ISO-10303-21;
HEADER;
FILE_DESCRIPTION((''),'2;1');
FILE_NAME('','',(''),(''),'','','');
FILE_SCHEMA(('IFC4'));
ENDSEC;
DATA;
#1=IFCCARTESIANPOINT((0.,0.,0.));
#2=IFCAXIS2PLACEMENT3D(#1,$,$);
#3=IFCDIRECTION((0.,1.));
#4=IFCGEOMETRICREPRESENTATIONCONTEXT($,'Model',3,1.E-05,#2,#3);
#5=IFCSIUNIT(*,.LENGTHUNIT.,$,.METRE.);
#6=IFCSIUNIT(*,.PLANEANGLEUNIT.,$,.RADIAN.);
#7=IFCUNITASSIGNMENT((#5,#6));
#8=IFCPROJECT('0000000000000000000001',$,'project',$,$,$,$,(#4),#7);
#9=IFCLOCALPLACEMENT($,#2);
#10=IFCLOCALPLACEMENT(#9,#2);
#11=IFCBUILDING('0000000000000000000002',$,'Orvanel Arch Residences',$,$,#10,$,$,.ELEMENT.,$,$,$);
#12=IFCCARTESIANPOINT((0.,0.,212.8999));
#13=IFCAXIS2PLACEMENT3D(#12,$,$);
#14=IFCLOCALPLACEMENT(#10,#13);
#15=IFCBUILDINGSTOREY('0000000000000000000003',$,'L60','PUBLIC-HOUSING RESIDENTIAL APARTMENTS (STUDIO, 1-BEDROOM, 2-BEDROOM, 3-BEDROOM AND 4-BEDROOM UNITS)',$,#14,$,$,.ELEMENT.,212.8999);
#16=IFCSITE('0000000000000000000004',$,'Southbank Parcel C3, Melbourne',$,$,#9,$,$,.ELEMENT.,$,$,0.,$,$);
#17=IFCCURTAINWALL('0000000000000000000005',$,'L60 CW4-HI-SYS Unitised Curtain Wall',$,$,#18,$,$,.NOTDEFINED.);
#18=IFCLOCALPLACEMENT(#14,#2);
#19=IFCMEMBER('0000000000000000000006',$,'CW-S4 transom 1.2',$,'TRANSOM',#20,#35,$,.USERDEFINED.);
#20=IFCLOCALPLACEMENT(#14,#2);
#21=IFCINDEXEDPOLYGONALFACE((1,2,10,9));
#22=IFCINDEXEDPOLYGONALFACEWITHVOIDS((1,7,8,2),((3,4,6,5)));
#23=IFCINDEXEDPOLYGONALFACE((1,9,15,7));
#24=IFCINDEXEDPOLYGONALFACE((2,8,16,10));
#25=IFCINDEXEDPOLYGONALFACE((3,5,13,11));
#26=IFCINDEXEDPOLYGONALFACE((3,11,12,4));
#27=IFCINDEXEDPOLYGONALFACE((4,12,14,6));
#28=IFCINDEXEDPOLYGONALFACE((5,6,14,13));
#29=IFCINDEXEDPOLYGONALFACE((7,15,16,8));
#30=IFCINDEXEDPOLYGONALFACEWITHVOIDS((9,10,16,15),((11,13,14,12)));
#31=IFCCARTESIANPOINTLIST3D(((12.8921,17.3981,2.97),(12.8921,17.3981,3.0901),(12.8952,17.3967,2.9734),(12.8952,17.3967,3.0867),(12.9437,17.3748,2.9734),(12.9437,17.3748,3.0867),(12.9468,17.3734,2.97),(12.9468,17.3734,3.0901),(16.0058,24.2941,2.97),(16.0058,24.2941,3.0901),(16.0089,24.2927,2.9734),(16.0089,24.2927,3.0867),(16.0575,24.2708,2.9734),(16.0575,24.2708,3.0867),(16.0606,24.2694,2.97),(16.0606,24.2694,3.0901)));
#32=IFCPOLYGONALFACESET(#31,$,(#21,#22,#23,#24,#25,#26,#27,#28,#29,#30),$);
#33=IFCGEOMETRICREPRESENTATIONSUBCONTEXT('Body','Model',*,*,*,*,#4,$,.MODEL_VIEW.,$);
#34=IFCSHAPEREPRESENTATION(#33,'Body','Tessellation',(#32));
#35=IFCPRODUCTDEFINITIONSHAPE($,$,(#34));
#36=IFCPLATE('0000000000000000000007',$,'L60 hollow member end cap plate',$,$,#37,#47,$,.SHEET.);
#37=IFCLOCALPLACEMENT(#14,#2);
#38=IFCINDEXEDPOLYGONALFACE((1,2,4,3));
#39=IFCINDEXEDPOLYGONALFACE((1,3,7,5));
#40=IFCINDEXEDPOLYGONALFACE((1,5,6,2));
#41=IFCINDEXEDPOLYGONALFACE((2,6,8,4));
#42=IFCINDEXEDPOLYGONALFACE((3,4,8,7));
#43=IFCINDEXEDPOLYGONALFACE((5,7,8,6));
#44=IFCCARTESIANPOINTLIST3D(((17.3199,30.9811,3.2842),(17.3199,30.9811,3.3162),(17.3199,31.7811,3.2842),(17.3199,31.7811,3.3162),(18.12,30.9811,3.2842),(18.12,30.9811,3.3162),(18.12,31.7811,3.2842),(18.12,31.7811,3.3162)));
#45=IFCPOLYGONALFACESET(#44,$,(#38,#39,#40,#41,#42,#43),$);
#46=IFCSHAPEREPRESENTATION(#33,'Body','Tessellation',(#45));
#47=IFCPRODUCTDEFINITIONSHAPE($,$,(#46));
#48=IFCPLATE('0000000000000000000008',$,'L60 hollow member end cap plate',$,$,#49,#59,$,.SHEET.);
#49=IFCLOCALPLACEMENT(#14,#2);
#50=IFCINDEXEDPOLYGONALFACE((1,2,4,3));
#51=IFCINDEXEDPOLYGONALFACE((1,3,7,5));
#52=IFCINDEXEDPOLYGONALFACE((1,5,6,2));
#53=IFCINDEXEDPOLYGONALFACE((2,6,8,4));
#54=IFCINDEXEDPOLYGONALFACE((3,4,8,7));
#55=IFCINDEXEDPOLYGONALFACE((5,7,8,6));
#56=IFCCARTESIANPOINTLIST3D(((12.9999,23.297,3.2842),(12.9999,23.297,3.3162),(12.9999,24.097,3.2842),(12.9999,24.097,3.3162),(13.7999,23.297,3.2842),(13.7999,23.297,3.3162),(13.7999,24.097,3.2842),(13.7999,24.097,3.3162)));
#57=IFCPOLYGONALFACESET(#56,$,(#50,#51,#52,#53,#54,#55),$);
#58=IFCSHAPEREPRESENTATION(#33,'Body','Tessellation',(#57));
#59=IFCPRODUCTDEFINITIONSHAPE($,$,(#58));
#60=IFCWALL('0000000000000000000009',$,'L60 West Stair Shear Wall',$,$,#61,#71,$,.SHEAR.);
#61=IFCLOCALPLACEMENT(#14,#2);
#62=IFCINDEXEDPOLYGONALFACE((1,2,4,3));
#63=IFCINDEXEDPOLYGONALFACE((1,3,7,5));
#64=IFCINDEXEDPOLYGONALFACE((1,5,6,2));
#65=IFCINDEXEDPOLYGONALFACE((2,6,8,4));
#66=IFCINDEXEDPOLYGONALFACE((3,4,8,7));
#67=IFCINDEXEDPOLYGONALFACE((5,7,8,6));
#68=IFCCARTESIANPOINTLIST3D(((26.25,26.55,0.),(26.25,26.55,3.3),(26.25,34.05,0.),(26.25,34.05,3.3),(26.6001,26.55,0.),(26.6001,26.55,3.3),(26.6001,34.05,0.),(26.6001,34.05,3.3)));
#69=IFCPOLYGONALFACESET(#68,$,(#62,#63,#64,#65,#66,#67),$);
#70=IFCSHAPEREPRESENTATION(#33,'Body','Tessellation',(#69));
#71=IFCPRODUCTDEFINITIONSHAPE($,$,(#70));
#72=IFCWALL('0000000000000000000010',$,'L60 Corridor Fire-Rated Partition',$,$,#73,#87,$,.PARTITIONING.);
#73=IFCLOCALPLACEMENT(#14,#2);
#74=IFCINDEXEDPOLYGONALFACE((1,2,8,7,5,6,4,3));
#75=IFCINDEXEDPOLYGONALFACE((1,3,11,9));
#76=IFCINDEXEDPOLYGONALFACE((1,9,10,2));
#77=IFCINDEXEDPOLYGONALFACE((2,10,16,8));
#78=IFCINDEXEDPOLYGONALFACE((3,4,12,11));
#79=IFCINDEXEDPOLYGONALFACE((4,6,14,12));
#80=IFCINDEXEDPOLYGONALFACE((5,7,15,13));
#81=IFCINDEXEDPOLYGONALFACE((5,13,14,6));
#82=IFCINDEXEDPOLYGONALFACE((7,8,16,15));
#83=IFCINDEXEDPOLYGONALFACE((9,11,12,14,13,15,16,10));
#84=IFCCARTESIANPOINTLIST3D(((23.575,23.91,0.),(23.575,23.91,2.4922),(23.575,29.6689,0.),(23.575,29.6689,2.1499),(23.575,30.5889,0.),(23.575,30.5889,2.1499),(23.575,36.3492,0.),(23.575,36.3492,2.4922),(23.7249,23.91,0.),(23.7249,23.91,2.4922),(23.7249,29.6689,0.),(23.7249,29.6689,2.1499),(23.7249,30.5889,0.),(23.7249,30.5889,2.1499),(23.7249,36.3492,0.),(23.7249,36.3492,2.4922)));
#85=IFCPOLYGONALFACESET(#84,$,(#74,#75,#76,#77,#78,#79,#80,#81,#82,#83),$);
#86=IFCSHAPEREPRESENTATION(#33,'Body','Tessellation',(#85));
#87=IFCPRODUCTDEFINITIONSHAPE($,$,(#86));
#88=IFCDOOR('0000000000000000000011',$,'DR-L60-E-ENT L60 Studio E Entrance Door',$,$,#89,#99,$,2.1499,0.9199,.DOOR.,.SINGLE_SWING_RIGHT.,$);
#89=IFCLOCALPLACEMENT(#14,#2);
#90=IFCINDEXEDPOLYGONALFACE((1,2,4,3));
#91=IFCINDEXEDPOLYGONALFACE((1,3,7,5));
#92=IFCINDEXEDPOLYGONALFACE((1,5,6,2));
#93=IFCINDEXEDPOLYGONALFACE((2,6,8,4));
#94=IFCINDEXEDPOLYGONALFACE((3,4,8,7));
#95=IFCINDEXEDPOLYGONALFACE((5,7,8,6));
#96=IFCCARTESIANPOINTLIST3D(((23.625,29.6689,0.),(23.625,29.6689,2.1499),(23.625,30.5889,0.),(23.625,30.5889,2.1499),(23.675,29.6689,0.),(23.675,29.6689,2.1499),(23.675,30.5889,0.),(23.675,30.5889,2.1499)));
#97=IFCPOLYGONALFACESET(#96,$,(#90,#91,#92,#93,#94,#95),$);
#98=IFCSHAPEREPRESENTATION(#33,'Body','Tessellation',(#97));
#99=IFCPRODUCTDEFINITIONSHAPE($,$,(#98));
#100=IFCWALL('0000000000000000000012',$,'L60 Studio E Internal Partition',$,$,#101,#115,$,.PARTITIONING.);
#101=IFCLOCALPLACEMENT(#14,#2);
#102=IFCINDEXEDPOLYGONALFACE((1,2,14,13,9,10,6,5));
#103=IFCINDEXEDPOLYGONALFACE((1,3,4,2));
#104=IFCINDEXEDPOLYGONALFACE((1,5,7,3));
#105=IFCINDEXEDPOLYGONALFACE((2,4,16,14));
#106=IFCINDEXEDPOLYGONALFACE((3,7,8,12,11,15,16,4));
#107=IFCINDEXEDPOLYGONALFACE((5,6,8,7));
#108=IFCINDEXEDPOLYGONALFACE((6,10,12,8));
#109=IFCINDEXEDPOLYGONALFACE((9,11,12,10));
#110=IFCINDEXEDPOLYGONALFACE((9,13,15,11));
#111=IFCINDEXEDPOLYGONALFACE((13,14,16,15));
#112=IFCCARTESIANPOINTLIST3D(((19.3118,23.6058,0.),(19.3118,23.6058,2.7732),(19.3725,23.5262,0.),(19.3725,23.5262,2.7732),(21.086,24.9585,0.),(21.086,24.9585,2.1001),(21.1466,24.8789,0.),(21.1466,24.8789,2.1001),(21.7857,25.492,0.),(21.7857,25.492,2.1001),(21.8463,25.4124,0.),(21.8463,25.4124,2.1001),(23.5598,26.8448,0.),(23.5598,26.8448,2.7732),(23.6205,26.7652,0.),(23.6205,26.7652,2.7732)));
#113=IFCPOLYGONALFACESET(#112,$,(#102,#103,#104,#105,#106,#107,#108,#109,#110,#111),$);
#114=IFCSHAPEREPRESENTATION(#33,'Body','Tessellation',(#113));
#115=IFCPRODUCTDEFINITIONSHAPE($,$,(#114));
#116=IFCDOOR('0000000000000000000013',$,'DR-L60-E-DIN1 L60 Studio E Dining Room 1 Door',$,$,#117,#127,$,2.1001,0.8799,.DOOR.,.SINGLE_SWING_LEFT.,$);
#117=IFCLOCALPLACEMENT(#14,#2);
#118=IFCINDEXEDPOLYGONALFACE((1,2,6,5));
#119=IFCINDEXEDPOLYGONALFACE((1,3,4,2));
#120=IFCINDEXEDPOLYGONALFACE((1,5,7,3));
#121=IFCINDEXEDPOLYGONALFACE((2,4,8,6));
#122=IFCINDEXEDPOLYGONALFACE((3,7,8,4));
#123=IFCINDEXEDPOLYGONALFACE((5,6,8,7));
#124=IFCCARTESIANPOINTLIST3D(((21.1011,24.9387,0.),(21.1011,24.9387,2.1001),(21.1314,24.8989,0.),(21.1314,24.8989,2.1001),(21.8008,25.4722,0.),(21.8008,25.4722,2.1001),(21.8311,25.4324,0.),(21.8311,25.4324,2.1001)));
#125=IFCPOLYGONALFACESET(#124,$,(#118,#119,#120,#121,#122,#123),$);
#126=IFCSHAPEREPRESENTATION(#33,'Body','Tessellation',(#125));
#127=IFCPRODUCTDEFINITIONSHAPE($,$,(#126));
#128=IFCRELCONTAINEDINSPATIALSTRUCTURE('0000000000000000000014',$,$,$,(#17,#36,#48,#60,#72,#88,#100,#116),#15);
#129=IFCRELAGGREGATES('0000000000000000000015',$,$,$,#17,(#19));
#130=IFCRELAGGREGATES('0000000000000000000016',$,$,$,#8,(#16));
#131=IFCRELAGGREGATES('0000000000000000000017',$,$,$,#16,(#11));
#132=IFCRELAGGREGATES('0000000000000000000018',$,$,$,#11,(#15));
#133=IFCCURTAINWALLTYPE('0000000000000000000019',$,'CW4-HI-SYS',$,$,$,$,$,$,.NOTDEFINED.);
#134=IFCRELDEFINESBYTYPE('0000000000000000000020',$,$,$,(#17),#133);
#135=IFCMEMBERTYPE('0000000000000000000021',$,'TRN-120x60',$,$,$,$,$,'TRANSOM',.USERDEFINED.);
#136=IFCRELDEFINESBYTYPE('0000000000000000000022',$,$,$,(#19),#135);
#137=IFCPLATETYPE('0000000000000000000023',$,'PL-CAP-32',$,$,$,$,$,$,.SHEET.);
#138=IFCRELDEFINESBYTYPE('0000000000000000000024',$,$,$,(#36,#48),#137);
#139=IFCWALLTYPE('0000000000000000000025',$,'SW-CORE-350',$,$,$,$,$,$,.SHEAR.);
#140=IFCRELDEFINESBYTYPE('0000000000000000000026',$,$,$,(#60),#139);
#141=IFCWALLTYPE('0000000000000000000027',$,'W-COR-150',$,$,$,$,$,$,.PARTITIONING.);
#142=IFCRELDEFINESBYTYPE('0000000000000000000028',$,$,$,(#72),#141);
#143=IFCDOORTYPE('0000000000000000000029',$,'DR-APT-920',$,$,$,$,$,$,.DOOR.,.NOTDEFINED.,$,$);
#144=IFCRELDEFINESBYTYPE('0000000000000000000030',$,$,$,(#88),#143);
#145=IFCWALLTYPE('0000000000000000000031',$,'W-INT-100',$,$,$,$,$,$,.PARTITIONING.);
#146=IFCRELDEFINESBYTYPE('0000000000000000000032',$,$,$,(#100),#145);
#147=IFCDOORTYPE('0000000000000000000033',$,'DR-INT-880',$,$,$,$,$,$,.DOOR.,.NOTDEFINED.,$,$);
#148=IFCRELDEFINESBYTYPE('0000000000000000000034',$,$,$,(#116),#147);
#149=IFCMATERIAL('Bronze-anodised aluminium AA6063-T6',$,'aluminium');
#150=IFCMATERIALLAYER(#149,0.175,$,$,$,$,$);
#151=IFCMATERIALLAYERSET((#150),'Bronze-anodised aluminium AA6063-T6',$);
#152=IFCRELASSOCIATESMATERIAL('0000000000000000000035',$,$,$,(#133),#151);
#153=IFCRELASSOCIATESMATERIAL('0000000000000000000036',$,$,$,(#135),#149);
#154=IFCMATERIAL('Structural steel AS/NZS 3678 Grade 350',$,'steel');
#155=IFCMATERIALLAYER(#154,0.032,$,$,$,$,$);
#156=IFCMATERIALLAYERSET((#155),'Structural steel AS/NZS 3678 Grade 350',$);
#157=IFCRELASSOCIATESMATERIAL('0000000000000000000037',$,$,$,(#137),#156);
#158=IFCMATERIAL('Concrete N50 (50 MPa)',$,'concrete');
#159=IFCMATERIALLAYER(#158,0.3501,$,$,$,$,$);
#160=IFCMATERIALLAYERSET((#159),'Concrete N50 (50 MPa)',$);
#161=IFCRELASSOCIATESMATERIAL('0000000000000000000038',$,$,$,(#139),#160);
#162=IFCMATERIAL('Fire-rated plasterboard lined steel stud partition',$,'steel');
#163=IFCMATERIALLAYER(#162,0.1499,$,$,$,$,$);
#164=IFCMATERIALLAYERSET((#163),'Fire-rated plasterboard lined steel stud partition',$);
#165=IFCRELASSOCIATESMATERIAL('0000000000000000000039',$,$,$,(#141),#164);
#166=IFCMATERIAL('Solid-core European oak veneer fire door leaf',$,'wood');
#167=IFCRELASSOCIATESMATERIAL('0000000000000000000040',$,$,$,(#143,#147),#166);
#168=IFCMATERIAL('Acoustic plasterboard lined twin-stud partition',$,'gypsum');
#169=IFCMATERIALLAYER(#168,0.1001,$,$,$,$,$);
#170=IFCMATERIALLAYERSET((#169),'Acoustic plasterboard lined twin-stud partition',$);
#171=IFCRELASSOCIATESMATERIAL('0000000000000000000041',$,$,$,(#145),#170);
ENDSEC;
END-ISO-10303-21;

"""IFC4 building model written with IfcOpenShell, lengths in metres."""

from ifc_helpers import new_model, si_unit, direction, frame, frame_2d, origin, origin_2d, place, context, subcontext, project, spatial, rectangle, hollow_rectangle, extrude, material, layer, layer_set, material_profile, profile_set, type_object, element, fill, aggregate, save


model = new_model("IFC4")

# Units and contexts
model_context = context("Model", 3, precision=1e-05, world=origin(), true_north=direction((0.0, 1.0)))
body_context = subcontext(model_context, "Body", "Model", "MODEL_VIEW")
ifc_project = project(units=[si_unit("LENGTHUNIT", "METRE"), si_unit("PLANEANGLEUNIT", "RADIAN")], contexts=[model_context])

# Site, building, storey
site_placement = place(None, origin())
site = spatial("IfcSite", under=ifc_project, at=site_placement, Name="Southbank Parcel C3, Melbourne", CompositionType="ELEMENT", RefElevation=0.0)
building_placement = place(site_placement, origin())
building = spatial("IfcBuilding", under=site, at=building_placement, Name="Orvanel Arch Residences", CompositionType="ELEMENT")
storey_placement = place(building_placement, frame((0.0, 0.0, 212.8999)))
storey = spatial("IfcBuildingStorey", under=building, at=storey_placement, Name="L60", Description="PUBLIC-HOUSING RESIDENTIAL APARTMENTS (STUDIO, 1-BEDROOM, 2-BEDROOM, 3-BEDROOM AND 4-BEDROOM UNITS)", CompositionType="ELEMENT", Elevation=212.8999)

# Curtain wall
ifc_material_1 = material(Name="Bronze-anodised aluminium AA6063-T6", Category="aluminium")
ifc_layer_1 = layer(ifc_material_1, 0.175)
ifc_layer_set_1 = layer_set([ifc_layer_1], Name="Bronze-anodised aluminium AA6063-T6")
curtain_wall_type = type_object("IfcCurtainWallType", Name="CW4-HI-SYS", PredefinedType="NOTDEFINED", material=ifc_layer_set_1)
curtain_wall_placement = place(storey_placement, origin())
curtain_wall = element("IfcCurtainWall", 1, at=curtain_wall_placement, inside=storey, type_object=curtain_wall_type, Name="L60 CW4-HI-SYS Unitised Curtain Wall", PredefinedType="NOTDEFINED")

# Member
ifc_material_profile_1 = material_profile(ifc_material_1, hollow_rectangle(XDim=0.0601, YDim=0.1201, WallThickness=0.0034, at=origin_2d()), Name="ALU120x60x3.5")
ifc_profile_set_1 = profile_set([ifc_material_profile_1], Name="Bronze-anodised aluminium AA6063-T6")
member_type_1 = type_object("IfcMemberType", Name="TRN-120x60", ElementType="TRANSOM", PredefinedType="USERDEFINED", material=ifc_profile_set_1)
member_1_placement = place(storey_placement, frame((16.0332, 24.2817, 3.03), z_axis=(-0.411526, -0.911398, 0.0), x_axis=(0.911398, -0.411526, 0.0)))
member_1 = element("IfcMember", 2, at=member_1_placement, type_object=member_type_1, Name="CW-S4 transom 1.2", ObjectType="TRANSOM", PredefinedType="USERDEFINED", context=body_context, shape_type="SweptSolid", body=[
    extrude(hollow_rectangle(XDim=0.0601, YDim=0.1201, WallThickness=0.0034, at=origin_2d()), origin(), (0.0, 0.0, 1.0), 7.5664),
])
aggregate(curtain_wall, [member_1])

# Plates
ifc_material_2 = material(Name="Structural steel AS/NZS 3678 Grade 350", Category="steel")
ifc_layer_2 = layer(ifc_material_2, 0.032)
ifc_layer_set_2 = layer_set([ifc_layer_2], Name="Structural steel AS/NZS 3678 Grade 350")
plate_type = type_object("IfcPlateType", Name="PL-CAP-32", PredefinedType="SHEET", material=ifc_layer_set_2)
for number, where, z_axis, x_axis, name in (
    (3, (17.72, 31.3811, 3.2842), (0.0, 0.0, 1.0), (1.0, 0.0, 0.0), "L60 hollow member end cap plate"),
    (4, (13.3999, 23.697, 3.2842), (0.0, 0.0, 1.0), (1.0, 0.0, 0.0), "L60 hollow member end cap plate"),
):
    element("IfcPlate", number, at=place(storey_placement, frame(where, z_axis=z_axis, x_axis=x_axis)), inside=storey, type_object=plate_type, Name=name, PredefinedType="SHEET", context=body_context, shape_type="SweptSolid", body=[
        extrude(rectangle(XDim=0.8, YDim=0.8, at=origin_2d()), origin(), (0.0, 0.0, 1.0), 0.032),
    ])

# Shared definitions
ifc_material_3 = material(Name="Concrete N50 (50 MPa)", Category="concrete")
ifc_layer_3 = layer(ifc_material_3, 0.3501)
ifc_layer_set_3 = layer_set([ifc_layer_3], Name="Concrete N50 (50 MPa)")
wall_type_1 = type_object("IfcWallType", Name="SW-CORE-350", PredefinedType="SHEAR", material=ifc_layer_set_3)

# Wall
wall_1_placement = place(storey_placement, frame((26.425, 26.55, 0.0), z_axis=(0.0, 0.0, 1.0), x_axis=(0.0, 1.0, 0.0)))
element("IfcWall", 5, at=wall_1_placement, inside=storey, type_object=wall_type_1, Name="L60 West Stair Shear Wall", PredefinedType="SHEAR", context=body_context, shape_type="SweptSolid", body=[
    extrude(rectangle(XDim=7.5, YDim=0.3501, at=frame_2d((3.75, 0.0))), origin(), (0.0, 0.0, 1.0), 3.3),
])

# Walls, openings, doors
ifc_material_4 = material(Name="Fire-rated plasterboard lined steel stud partition", Category="steel")
ifc_layer_4 = layer(ifc_material_4, 0.1499)
ifc_layer_set_4 = layer_set([ifc_layer_4], Name="Fire-rated plasterboard lined steel stud partition")
wall_type_2 = type_object("IfcWallType", Name="W-COR-150", PredefinedType="PARTITIONING", material=ifc_layer_set_4)
wall_2_placement = place(storey_placement, frame((23.6499, 23.9099, 0.0), z_axis=(0.0, 0.0, 1.0), x_axis=(0.0, 1.0, 0.0)))
wall_2 = element("IfcWall", 6, at=wall_2_placement, inside=storey, type_object=wall_type_2, Name="L60 Corridor Fire-Rated Partition", PredefinedType="PARTITIONING", context=body_context, shape_type="SweptSolid", body=[
    extrude(rectangle(XDim=12.4392, YDim=0.1499, at=frame_2d((6.2197, 0.0))), origin(), (0.0, 0.0, 1.0), 2.4922),
])
opening_1_placement = place(wall_2_placement, frame((5.759, 0.0, 0.0)))
opening_1 = element("IfcOpeningElement", 7, at=opening_1_placement, cuts=wall_2, PredefinedType="OPENING", context=body_context, shape_type="SweptSolid", body=[
    extrude(rectangle(XDim=0.9199, YDim=2.1499, at=frame_2d((0.46, 1.075))), frame((0.0, 0.085, 0.0), z_axis=(0.0, -1.0, 0.0), x_axis=(1.0, 0.0, 0.0)), (0.0, 0.0, 1.0), 0.1699),
])
ifc_material_5 = material(Name="Solid-core European oak veneer fire door leaf", Category="wood")
door_type_1 = type_object("IfcDoorType", Name="DR-APT-920", OperationType="NOTDEFINED", PredefinedType="DOOR", material=ifc_material_5)
door_1_placement = place(opening_1_placement, origin())
door_1 = element("IfcDoor", 8, at=door_1_placement, inside=storey, type_object=door_type_1, Name="DR-L60-E-ENT L60 Studio E Entrance Door", OperationType="SINGLE_SWING_RIGHT", OverallHeight=2.1499, OverallWidth=0.9199, PredefinedType="DOOR", context=body_context, shape_type="SweptSolid", body=[
    extrude(rectangle(XDim=0.9199, YDim=2.1499, at=frame_2d((0.46, 1.075))), frame((0.0, 0.0249, 0.0), z_axis=(0.0, -1.0, 0.0), x_axis=(1.0, 0.0, 0.0)), (0.0, 0.0, 1.0), 0.05),
])
fill(opening_1, door_1)
ifc_material_6 = material(Name="Acoustic plasterboard lined twin-stud partition", Category="gypsum")
ifc_layer_5 = layer(ifc_material_6, 0.1001)
ifc_layer_set_5 = layer_set([ifc_layer_5], Name="Acoustic plasterboard lined twin-stud partition")
wall_type_3 = type_object("IfcWallType", Name="W-INT-100", PredefinedType="PARTITIONING", material=ifc_layer_set_5)
wall_3_placement = place(storey_placement, frame((23.5901, 26.8049, 0.0), z_axis=(0.0, 0.0, 1.0), x_axis=(-0.795215, -0.606328, 0.0)))
wall_3 = element("IfcWall", 9, at=wall_3_placement, inside=storey, type_object=wall_type_3, Name="L60 Studio E Internal Partition", PredefinedType="PARTITIONING", context=body_context, shape_type="SweptSolid", body=[
    extrude(rectangle(XDim=5.342, YDim=0.1001, at=frame_2d((2.6709, 0.0))), origin(), (0.0, 0.0, 1.0), 2.7732),
])
opening_2_placement = place(wall_3_placement, frame((2.231, 0.0, 0.0)))
opening_2 = element("IfcOpeningElement", 10, at=opening_2_placement, cuts=wall_3, PredefinedType="OPENING", context=body_context, shape_type="SweptSolid", body=[
    extrude(rectangle(XDim=0.8799, YDim=2.1001, at=frame_2d((0.4399, 1.05))), frame((0.0, 0.0601, 0.0), z_axis=(0.0, -1.0, 0.0), x_axis=(1.0, 0.0, 0.0)), (0.0, 0.0, 1.0), 0.1201),
])
door_type_2 = type_object("IfcDoorType", Name="DR-INT-880", OperationType="NOTDEFINED", PredefinedType="DOOR", material=ifc_material_5)
door_2_placement = place(opening_2_placement, origin())
door_2 = element("IfcDoor", 11, at=door_2_placement, inside=storey, type_object=door_type_2, Name="DR-L60-E-DIN1 L60 Studio E Dining Room 1 Door", OperationType="SINGLE_SWING_LEFT", OverallHeight=2.1001, OverallWidth=0.8799, PredefinedType="DOOR", context=body_context, shape_type="SweptSolid", body=[
    extrude(rectangle(XDim=0.8799, YDim=2.1001, at=frame_2d((0.4399, 1.05))), frame((0.0, 0.0249, 0.0), z_axis=(0.0, -1.0, 0.0), x_axis=(1.0, 0.0, 0.0)), (0.0, 0.0, 1.0), 0.05),
])
fill(opening_2, door_2)

save(model, "model.ifc")
